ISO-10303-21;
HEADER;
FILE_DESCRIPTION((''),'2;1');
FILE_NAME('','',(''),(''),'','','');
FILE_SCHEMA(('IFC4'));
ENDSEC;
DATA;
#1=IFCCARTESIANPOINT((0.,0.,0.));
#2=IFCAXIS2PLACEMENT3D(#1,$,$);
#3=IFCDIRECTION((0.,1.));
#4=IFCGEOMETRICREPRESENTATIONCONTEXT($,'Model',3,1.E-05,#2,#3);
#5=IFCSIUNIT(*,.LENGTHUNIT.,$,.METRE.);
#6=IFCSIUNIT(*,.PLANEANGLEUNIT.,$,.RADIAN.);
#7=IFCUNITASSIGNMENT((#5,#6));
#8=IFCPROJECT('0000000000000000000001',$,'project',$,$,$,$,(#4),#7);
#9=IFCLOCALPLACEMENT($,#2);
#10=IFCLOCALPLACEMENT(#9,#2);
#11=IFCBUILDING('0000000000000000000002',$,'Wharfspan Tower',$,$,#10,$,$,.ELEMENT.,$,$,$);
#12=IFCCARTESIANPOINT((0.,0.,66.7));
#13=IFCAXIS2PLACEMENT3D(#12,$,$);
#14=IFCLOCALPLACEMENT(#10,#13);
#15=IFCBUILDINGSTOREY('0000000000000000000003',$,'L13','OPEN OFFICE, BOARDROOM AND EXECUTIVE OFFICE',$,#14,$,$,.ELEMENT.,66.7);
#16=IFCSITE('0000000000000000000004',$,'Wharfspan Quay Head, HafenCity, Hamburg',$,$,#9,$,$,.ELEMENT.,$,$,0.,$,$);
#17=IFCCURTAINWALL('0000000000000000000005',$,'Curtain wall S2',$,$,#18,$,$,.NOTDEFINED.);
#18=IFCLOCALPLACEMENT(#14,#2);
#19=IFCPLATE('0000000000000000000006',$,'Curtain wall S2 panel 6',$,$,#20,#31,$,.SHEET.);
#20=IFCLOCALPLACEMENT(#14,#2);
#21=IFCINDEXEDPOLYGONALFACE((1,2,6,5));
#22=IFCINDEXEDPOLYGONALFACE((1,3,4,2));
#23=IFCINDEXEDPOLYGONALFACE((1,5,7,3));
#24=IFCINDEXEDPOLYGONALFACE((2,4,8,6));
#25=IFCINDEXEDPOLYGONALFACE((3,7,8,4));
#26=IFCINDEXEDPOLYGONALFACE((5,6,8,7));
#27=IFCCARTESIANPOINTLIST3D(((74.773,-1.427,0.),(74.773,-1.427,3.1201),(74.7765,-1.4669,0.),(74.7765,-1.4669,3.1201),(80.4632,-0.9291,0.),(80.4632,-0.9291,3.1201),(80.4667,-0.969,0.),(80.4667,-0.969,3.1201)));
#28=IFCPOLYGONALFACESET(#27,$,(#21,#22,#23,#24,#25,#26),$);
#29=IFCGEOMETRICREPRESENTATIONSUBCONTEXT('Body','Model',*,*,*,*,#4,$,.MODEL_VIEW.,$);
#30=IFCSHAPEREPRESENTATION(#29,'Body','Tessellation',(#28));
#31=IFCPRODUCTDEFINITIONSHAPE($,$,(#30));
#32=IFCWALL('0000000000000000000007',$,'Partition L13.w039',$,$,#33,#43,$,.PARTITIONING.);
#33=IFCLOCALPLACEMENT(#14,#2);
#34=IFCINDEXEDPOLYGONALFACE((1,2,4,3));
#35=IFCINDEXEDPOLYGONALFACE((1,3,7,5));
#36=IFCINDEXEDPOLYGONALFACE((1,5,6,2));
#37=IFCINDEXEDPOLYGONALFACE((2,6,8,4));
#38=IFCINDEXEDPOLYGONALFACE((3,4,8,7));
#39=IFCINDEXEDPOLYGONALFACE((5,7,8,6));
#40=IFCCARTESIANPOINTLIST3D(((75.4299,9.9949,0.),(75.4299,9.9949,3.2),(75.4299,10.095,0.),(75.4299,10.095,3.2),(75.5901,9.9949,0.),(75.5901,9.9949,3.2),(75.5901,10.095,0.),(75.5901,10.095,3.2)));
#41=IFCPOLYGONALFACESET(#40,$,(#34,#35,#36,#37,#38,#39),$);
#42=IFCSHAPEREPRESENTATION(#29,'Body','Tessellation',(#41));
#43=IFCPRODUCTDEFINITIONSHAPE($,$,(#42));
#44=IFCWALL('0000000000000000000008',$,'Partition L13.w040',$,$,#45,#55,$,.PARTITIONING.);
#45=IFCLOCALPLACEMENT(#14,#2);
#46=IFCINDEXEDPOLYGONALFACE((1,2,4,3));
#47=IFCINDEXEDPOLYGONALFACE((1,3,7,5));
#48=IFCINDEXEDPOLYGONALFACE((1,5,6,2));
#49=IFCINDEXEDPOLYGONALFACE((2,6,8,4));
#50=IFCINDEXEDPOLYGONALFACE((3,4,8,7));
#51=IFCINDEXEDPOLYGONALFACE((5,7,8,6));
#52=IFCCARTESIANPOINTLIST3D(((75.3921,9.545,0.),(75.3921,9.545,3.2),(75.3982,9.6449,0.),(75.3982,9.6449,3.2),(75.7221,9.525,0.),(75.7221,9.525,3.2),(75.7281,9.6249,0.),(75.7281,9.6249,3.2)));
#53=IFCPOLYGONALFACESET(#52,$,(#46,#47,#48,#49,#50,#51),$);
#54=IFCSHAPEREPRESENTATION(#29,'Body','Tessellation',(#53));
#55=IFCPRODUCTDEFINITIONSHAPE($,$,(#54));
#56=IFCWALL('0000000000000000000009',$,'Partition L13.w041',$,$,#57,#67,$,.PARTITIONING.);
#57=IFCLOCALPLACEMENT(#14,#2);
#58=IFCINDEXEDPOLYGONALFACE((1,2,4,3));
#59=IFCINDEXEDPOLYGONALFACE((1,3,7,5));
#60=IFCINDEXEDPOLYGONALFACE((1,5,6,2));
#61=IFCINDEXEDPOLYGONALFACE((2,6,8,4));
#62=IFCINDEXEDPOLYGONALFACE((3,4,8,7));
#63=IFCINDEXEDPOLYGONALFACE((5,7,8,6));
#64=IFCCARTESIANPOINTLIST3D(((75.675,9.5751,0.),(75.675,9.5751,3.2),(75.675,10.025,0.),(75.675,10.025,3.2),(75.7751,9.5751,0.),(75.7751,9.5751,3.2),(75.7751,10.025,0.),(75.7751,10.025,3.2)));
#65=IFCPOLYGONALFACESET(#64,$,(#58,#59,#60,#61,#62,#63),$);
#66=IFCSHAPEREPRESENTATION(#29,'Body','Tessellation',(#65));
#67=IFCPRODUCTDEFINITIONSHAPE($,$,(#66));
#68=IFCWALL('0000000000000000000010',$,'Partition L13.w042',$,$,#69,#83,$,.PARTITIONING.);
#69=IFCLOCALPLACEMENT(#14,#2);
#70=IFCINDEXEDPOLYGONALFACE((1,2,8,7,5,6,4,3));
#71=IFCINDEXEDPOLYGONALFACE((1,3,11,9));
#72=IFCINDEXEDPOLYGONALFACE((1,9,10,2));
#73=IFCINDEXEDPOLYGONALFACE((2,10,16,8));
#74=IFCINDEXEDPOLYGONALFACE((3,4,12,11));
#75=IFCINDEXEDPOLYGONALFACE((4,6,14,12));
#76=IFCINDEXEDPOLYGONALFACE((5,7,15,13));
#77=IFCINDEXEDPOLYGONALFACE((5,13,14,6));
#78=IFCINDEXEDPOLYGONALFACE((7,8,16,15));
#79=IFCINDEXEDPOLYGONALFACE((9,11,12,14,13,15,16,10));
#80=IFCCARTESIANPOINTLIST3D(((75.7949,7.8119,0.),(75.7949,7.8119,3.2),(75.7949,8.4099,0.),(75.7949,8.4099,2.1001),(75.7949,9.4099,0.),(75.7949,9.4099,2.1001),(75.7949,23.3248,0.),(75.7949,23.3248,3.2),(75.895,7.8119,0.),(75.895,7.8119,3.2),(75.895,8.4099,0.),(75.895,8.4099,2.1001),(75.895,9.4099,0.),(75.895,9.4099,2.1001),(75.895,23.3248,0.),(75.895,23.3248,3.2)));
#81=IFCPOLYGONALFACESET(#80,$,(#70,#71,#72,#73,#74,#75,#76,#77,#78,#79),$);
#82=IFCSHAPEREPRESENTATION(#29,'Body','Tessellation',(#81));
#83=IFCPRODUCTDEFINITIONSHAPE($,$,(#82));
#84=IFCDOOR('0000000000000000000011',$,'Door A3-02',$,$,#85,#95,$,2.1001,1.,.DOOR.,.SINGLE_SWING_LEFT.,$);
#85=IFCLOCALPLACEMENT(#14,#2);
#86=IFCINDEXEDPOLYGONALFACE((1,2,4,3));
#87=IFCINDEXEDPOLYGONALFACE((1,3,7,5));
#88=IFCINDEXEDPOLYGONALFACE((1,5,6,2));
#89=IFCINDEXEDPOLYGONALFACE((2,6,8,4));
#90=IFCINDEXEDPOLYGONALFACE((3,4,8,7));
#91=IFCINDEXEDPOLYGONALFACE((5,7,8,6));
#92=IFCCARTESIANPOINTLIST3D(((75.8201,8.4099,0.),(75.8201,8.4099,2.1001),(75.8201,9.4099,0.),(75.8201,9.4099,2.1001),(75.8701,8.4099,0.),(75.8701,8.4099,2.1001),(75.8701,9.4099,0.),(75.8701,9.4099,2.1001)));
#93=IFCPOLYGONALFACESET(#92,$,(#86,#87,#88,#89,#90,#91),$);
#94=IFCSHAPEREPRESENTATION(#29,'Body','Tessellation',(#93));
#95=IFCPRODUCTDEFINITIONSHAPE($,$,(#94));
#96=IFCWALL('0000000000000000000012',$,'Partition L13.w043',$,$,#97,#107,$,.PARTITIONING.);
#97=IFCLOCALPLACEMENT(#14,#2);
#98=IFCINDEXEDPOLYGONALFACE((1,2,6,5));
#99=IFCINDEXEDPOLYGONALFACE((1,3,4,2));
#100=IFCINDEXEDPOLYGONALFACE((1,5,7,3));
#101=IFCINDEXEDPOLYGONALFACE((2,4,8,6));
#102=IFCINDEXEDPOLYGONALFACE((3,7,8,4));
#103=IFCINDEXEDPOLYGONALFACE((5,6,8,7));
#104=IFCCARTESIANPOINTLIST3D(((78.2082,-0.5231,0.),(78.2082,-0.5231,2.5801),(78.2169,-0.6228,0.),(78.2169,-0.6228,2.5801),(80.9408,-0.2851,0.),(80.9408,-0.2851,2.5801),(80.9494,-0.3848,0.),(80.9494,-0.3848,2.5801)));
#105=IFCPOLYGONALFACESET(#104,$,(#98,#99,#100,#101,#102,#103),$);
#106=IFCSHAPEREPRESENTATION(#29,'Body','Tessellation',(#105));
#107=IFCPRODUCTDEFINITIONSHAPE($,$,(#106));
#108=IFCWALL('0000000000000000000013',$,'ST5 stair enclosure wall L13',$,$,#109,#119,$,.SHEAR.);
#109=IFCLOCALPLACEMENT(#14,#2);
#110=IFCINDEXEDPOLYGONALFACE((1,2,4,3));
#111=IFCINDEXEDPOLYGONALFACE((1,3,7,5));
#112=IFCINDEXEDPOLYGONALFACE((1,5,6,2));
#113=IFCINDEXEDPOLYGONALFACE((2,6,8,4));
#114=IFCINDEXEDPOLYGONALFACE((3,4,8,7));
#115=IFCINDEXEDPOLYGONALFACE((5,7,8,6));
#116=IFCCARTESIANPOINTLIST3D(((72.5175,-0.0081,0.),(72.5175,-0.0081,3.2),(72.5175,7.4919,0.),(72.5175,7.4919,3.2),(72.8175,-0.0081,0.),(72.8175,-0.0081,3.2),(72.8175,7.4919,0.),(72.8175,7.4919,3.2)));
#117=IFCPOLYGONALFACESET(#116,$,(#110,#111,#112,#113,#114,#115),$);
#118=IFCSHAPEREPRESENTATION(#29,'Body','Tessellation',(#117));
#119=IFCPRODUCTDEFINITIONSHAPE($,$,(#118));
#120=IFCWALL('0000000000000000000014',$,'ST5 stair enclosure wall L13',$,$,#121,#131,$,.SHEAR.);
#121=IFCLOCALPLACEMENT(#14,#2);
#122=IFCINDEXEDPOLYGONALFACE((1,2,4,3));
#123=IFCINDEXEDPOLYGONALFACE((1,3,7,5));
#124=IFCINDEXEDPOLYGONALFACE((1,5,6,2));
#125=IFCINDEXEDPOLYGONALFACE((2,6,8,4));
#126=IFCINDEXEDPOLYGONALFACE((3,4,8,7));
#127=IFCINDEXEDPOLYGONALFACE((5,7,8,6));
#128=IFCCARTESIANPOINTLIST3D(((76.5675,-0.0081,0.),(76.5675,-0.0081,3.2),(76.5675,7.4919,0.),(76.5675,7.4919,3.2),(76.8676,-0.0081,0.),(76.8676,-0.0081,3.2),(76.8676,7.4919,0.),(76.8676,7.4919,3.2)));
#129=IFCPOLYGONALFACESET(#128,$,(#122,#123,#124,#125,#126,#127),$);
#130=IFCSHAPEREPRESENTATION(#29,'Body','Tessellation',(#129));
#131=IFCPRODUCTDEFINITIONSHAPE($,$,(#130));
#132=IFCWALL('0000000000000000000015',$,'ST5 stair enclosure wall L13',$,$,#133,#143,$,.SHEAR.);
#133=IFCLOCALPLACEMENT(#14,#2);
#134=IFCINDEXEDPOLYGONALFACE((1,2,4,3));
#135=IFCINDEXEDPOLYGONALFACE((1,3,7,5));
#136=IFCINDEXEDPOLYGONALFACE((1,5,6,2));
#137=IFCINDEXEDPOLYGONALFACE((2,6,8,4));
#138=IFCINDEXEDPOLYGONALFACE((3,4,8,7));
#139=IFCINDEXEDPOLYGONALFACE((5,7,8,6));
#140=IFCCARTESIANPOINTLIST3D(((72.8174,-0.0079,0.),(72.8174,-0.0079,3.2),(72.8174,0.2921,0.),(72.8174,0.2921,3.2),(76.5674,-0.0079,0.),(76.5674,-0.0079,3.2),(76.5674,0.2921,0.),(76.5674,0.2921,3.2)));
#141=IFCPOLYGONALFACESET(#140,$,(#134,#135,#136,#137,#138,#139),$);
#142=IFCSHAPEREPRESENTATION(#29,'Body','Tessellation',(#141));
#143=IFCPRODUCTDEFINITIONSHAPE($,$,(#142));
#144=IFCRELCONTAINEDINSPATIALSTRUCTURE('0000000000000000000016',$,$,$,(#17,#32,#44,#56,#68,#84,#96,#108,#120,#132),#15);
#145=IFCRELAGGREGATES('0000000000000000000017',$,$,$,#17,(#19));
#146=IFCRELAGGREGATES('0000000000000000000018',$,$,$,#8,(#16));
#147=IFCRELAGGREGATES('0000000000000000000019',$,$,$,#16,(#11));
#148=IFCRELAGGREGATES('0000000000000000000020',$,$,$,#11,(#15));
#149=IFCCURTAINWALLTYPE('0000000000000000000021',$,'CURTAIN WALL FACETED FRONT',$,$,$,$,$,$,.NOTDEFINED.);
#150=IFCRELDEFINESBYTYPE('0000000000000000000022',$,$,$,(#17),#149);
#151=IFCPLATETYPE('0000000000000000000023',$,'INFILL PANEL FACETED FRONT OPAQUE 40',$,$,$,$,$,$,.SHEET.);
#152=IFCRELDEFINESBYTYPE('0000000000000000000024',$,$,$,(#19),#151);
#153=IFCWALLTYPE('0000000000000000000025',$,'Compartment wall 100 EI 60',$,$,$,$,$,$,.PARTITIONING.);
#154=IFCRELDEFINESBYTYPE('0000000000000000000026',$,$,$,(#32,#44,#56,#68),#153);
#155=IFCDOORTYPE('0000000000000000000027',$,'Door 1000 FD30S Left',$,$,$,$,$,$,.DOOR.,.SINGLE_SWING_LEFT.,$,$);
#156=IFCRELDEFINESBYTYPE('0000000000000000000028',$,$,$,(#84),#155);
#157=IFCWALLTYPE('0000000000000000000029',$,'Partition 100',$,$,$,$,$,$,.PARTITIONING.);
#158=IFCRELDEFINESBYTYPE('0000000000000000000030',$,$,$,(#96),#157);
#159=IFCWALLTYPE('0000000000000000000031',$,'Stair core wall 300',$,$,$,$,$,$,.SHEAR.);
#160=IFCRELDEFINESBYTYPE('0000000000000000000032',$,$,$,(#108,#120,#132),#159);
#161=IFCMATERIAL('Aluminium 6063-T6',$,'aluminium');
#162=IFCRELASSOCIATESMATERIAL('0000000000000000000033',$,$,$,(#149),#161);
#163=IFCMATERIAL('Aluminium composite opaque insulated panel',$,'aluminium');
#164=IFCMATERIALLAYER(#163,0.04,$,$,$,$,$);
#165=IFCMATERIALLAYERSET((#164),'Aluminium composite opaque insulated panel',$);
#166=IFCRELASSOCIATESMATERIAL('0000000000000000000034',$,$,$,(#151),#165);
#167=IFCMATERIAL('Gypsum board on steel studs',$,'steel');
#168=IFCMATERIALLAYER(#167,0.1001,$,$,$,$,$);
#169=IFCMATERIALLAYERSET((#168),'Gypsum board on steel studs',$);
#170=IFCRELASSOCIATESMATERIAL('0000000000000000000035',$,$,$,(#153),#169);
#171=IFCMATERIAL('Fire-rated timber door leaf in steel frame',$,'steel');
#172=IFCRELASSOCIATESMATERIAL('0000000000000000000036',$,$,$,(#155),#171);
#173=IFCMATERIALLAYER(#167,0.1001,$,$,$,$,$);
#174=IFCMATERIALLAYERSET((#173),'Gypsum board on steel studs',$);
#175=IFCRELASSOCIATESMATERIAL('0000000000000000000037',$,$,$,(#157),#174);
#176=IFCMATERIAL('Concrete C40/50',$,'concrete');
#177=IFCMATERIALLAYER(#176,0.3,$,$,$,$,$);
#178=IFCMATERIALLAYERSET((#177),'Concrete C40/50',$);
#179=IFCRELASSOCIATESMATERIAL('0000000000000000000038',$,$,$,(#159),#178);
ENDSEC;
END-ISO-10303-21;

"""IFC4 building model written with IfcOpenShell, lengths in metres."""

from ifc_helpers import new_model, si_unit, direction, frame, frame_2d, origin, origin_2d, place, context, subcontext, project, spatial, rectangle, extrude, material, layer, layer_set, type_object, element, fill, aggregate, save


model = new_model("IFC4")

# Units and contexts
model_context = context("Model", 3, precision=1e-05, world=origin(), true_north=direction((0.0, 1.0)))
body_context = subcontext(model_context, "Body", "Model", "MODEL_VIEW")
ifc_project = project(units=[si_unit("LENGTHUNIT", "METRE"), si_unit("PLANEANGLEUNIT", "RADIAN")], contexts=[model_context])

# Site, building, storey
site_placement = place(None, origin())
site = spatial("IfcSite", under=ifc_project, at=site_placement, Name="Wharfspan Quay Head, HafenCity, Hamburg", CompositionType="ELEMENT", RefElevation=0.0)
building_placement = place(site_placement, origin())
building = spatial("IfcBuilding", under=site, at=building_placement, Name="Wharfspan Tower", CompositionType="ELEMENT")
storey_placement = place(building_placement, frame((0.0, 0.0, 66.7)))
storey = spatial("IfcBuildingStorey", under=building, at=storey_placement, Name="L13", Description="OPEN OFFICE, BOARDROOM AND EXECUTIVE OFFICE", CompositionType="ELEMENT", Elevation=66.7)

# Curtain wall
ifc_material_1 = material(Name="Aluminium 6063-T6", Category="aluminium")
curtain_wall_type = type_object("IfcCurtainWallType", Name="CURTAIN WALL FACETED FRONT", PredefinedType="NOTDEFINED", material=ifc_material_1)
curtain_wall_placement = place(storey_placement, origin())
curtain_wall = element("IfcCurtainWall", 1, at=curtain_wall_placement, inside=storey, type_object=curtain_wall_type, Name="Curtain wall S2", PredefinedType="NOTDEFINED")

# Plate
ifc_material_2 = material(Name="Aluminium composite opaque insulated panel", Category="aluminium")
ifc_layer_1 = layer(ifc_material_2, 0.04)
ifc_layer_set_1 = layer_set([ifc_layer_1], Name="Aluminium composite opaque insulated panel")
plate_type = type_object("IfcPlateType", Name="INFILL PANEL FACETED FRONT OPAQUE 40", PredefinedType="SHEET", material=ifc_layer_set_1)
plate_placement = place(storey_placement, frame((77.6199, -1.198, 0.0), z_axis=(0.0, 0.0, 1.0), x_axis=(0.996197, 0.087156, 0.0)))
plate = element("IfcPlate", 2, at=plate_placement, type_object=plate_type, Name="Curtain wall S2 panel 6", PredefinedType="SHEET", context=body_context, shape_type="SweptSolid", body=[
    extrude(rectangle(XDim=5.7119, YDim=0.04, at=origin_2d()), origin(), (0.0, 0.0, 1.0), 3.1201),
])
aggregate(curtain_wall, [plate])

# Walls
ifc_material_3 = material(Name="Gypsum board on steel studs", Category="steel")
ifc_layer_2 = layer(ifc_material_3, 0.1001)
ifc_layer_set_2 = layer_set([ifc_layer_2], Name="Gypsum board on steel studs")
wall_type_1 = type_object("IfcWallType", Name="Compartment wall 100 EI 60", PredefinedType="PARTITIONING", material=ifc_layer_set_2)
wall_1_placement = place(storey_placement, frame((75.4299, 10.0449, 0.0), z_axis=(0.0, 0.0, 1.0), x_axis=(1.0, 0.0, 0.0)))
element("IfcWall", 3, at=wall_1_placement, inside=storey, type_object=wall_type_1, Name="Partition L13.w039", PredefinedType="PARTITIONING", context=body_context, shape_type="SweptSolid", body=[
    extrude(rectangle(XDim=0.1602, YDim=0.1001, at=frame_2d((0.0801, 0.0))), origin(), (0.0, 0.0, 1.0), 3.2),
])
wall_2_placement = place(storey_placement, frame((75.7251, 9.575, 0.0), z_axis=(0.0, 0.0, 1.0), x_axis=(-0.99817, 0.06054, 0.0)))
element("IfcWall", 4, at=wall_2_placement, inside=storey, type_object=wall_type_1, Name="Partition L13.w040", PredefinedType="PARTITIONING", context=body_context, shape_type="SweptSolid", body=[
    extrude(rectangle(XDim=0.3306, YDim=0.1001, at=frame_2d((0.1653, 0.0))), origin(), (0.0, 0.0, 1.0), 3.2),
])
wall_3_placement = place(storey_placement, frame((75.7251, 9.575, 0.0), z_axis=(0.0, 0.0, 1.0), x_axis=(0.0, 1.0, 0.0)))
element("IfcWall", 5, at=wall_3_placement, inside=storey, type_object=wall_type_1, Name="Partition L13.w041", PredefinedType="PARTITIONING", context=body_context, shape_type="SweptSolid", body=[
    extrude(rectangle(XDim=0.45, YDim=0.1001, at=frame_2d((0.2251, 0.0))), origin(), (0.0, 0.0, 1.0), 3.2),
])

# Wall, opening, door
wall_4_placement = place(storey_placement, frame((75.845, 7.812, 0.0), z_axis=(0.0, 0.0, 1.0), x_axis=(0.0, 1.0, 0.0)))
wall_4 = element("IfcWall", 6, at=wall_4_placement, inside=storey, type_object=wall_type_1, Name="Partition L13.w042", PredefinedType="PARTITIONING", context=body_context, shape_type="SweptSolid", body=[
    extrude(rectangle(XDim=15.5129, YDim=0.1001, at=frame_2d((7.7563, 0.0))), origin(), (0.0, 0.0, 1.0), 3.2),
])
opening_placement = place(wall_4_placement, frame((0.5979, 0.0, 0.0)))
opening = element("IfcOpeningElement", 7, at=opening_placement, cuts=wall_4, PredefinedType="OPENING", context=body_context, shape_type="SweptSolid", body=[
    extrude(rectangle(XDim=1.0, YDim=2.1001, at=frame_2d((0.5, 1.05))), frame((0.0, 0.0601, 0.0), z_axis=(0.0, -1.0, 0.0), x_axis=(1.0, 0.0, 0.0)), (0.0, 0.0, 1.0), 0.1201),
])
ifc_material_4 = material(Name="Fire-rated timber door leaf in steel frame", Category="steel")
door_type = type_object("IfcDoorType", Name="Door 1000 FD30S Left", OperationType="SINGLE_SWING_LEFT", PredefinedType="DOOR", material=ifc_material_4)
door_placement = place(opening_placement, origin())
door = element("IfcDoor", 8, at=door_placement, inside=storey, type_object=door_type, Name="Door A3-02", OperationType="SINGLE_SWING_LEFT", OverallHeight=2.1001, OverallWidth=1.0, PredefinedType="DOOR", context=body_context, shape_type="SweptSolid", body=[
    extrude(rectangle(XDim=1.0, YDim=2.1001, at=frame_2d((0.5, 1.05))), frame((0.0, 0.0249, 0.0), z_axis=(0.0, -1.0, 0.0), x_axis=(1.0, 0.0, 0.0)), (0.0, 0.0, 1.0), 0.05),
])
fill(opening, door)

# Walls
ifc_layer_3 = layer(ifc_material_3, 0.1001)
ifc_layer_set_3 = layer_set([ifc_layer_3], Name="Gypsum board on steel studs")
wall_type_2 = type_object("IfcWallType", Name="Partition 100", PredefinedType="PARTITIONING", material=ifc_layer_set_3)
wall_5_placement = place(storey_placement, frame((78.2124, -0.573, 0.0), z_axis=(0.0, 0.0, 1.0), x_axis=(0.996224, 0.086779, 0.0)))
element("IfcWall", 9, at=wall_5_placement, inside=storey, type_object=wall_type_2, Name="Partition L13.w043", PredefinedType="PARTITIONING", context=body_context, shape_type="SweptSolid", body=[
    extrude(rectangle(XDim=2.7429, YDim=0.1001, at=frame_2d((1.3716, 0.0))), origin(), (0.0, 0.0, 1.0), 2.5801),
])
ifc_material_5 = material(Name="Concrete C40/50", Category="concrete")
ifc_layer_4 = layer(ifc_material_5, 0.3)
ifc_layer_set_4 = layer_set([ifc_layer_4], Name="Concrete C40/50")
wall_type_3 = type_object("IfcWallType", Name="Stair core wall 300", PredefinedType="SHEAR", material=ifc_layer_set_4)
for number, where, z_axis, x_axis, name in (
    (10, (72.6675, -0.0081, 0.0), (0.0, 0.0, 1.0), (0.0, 1.0, 0.0), "ST5 stair enclosure wall L13"),
    (11, (76.7175, -0.0081, 0.0), (0.0, 0.0, 1.0), (0.0, 1.0, 0.0), "ST5 stair enclosure wall L13"),
):
    element("IfcWall", number, at=place(storey_placement, frame(where, z_axis=z_axis, x_axis=x_axis)), inside=storey, type_object=wall_type_3, Name=name, PredefinedType="SHEAR", context=body_context, shape_type="SweptSolid", body=[
        extrude(rectangle(XDim=7.5, YDim=0.3, at=frame_2d((3.75, 0.0))), origin(), (0.0, 0.0, 1.0), 3.2),
    ])
wall_6_placement = place(storey_placement, frame((72.8174, 0.1421, 0.0), z_axis=(0.0, 0.0, 1.0), x_axis=(1.0, 0.0, 0.0)))
element("IfcWall", 12, at=wall_6_placement, inside=storey, type_object=wall_type_3, Name="ST5 stair enclosure wall L13", PredefinedType="SHEAR", context=body_context, shape_type="SweptSolid", body=[
    extrude(rectangle(XDim=3.75, YDim=0.3, at=frame_2d((1.875, 0.0))), origin(), (0.0, 0.0, 1.0), 3.2),
])

save(model, "model.ifc")
